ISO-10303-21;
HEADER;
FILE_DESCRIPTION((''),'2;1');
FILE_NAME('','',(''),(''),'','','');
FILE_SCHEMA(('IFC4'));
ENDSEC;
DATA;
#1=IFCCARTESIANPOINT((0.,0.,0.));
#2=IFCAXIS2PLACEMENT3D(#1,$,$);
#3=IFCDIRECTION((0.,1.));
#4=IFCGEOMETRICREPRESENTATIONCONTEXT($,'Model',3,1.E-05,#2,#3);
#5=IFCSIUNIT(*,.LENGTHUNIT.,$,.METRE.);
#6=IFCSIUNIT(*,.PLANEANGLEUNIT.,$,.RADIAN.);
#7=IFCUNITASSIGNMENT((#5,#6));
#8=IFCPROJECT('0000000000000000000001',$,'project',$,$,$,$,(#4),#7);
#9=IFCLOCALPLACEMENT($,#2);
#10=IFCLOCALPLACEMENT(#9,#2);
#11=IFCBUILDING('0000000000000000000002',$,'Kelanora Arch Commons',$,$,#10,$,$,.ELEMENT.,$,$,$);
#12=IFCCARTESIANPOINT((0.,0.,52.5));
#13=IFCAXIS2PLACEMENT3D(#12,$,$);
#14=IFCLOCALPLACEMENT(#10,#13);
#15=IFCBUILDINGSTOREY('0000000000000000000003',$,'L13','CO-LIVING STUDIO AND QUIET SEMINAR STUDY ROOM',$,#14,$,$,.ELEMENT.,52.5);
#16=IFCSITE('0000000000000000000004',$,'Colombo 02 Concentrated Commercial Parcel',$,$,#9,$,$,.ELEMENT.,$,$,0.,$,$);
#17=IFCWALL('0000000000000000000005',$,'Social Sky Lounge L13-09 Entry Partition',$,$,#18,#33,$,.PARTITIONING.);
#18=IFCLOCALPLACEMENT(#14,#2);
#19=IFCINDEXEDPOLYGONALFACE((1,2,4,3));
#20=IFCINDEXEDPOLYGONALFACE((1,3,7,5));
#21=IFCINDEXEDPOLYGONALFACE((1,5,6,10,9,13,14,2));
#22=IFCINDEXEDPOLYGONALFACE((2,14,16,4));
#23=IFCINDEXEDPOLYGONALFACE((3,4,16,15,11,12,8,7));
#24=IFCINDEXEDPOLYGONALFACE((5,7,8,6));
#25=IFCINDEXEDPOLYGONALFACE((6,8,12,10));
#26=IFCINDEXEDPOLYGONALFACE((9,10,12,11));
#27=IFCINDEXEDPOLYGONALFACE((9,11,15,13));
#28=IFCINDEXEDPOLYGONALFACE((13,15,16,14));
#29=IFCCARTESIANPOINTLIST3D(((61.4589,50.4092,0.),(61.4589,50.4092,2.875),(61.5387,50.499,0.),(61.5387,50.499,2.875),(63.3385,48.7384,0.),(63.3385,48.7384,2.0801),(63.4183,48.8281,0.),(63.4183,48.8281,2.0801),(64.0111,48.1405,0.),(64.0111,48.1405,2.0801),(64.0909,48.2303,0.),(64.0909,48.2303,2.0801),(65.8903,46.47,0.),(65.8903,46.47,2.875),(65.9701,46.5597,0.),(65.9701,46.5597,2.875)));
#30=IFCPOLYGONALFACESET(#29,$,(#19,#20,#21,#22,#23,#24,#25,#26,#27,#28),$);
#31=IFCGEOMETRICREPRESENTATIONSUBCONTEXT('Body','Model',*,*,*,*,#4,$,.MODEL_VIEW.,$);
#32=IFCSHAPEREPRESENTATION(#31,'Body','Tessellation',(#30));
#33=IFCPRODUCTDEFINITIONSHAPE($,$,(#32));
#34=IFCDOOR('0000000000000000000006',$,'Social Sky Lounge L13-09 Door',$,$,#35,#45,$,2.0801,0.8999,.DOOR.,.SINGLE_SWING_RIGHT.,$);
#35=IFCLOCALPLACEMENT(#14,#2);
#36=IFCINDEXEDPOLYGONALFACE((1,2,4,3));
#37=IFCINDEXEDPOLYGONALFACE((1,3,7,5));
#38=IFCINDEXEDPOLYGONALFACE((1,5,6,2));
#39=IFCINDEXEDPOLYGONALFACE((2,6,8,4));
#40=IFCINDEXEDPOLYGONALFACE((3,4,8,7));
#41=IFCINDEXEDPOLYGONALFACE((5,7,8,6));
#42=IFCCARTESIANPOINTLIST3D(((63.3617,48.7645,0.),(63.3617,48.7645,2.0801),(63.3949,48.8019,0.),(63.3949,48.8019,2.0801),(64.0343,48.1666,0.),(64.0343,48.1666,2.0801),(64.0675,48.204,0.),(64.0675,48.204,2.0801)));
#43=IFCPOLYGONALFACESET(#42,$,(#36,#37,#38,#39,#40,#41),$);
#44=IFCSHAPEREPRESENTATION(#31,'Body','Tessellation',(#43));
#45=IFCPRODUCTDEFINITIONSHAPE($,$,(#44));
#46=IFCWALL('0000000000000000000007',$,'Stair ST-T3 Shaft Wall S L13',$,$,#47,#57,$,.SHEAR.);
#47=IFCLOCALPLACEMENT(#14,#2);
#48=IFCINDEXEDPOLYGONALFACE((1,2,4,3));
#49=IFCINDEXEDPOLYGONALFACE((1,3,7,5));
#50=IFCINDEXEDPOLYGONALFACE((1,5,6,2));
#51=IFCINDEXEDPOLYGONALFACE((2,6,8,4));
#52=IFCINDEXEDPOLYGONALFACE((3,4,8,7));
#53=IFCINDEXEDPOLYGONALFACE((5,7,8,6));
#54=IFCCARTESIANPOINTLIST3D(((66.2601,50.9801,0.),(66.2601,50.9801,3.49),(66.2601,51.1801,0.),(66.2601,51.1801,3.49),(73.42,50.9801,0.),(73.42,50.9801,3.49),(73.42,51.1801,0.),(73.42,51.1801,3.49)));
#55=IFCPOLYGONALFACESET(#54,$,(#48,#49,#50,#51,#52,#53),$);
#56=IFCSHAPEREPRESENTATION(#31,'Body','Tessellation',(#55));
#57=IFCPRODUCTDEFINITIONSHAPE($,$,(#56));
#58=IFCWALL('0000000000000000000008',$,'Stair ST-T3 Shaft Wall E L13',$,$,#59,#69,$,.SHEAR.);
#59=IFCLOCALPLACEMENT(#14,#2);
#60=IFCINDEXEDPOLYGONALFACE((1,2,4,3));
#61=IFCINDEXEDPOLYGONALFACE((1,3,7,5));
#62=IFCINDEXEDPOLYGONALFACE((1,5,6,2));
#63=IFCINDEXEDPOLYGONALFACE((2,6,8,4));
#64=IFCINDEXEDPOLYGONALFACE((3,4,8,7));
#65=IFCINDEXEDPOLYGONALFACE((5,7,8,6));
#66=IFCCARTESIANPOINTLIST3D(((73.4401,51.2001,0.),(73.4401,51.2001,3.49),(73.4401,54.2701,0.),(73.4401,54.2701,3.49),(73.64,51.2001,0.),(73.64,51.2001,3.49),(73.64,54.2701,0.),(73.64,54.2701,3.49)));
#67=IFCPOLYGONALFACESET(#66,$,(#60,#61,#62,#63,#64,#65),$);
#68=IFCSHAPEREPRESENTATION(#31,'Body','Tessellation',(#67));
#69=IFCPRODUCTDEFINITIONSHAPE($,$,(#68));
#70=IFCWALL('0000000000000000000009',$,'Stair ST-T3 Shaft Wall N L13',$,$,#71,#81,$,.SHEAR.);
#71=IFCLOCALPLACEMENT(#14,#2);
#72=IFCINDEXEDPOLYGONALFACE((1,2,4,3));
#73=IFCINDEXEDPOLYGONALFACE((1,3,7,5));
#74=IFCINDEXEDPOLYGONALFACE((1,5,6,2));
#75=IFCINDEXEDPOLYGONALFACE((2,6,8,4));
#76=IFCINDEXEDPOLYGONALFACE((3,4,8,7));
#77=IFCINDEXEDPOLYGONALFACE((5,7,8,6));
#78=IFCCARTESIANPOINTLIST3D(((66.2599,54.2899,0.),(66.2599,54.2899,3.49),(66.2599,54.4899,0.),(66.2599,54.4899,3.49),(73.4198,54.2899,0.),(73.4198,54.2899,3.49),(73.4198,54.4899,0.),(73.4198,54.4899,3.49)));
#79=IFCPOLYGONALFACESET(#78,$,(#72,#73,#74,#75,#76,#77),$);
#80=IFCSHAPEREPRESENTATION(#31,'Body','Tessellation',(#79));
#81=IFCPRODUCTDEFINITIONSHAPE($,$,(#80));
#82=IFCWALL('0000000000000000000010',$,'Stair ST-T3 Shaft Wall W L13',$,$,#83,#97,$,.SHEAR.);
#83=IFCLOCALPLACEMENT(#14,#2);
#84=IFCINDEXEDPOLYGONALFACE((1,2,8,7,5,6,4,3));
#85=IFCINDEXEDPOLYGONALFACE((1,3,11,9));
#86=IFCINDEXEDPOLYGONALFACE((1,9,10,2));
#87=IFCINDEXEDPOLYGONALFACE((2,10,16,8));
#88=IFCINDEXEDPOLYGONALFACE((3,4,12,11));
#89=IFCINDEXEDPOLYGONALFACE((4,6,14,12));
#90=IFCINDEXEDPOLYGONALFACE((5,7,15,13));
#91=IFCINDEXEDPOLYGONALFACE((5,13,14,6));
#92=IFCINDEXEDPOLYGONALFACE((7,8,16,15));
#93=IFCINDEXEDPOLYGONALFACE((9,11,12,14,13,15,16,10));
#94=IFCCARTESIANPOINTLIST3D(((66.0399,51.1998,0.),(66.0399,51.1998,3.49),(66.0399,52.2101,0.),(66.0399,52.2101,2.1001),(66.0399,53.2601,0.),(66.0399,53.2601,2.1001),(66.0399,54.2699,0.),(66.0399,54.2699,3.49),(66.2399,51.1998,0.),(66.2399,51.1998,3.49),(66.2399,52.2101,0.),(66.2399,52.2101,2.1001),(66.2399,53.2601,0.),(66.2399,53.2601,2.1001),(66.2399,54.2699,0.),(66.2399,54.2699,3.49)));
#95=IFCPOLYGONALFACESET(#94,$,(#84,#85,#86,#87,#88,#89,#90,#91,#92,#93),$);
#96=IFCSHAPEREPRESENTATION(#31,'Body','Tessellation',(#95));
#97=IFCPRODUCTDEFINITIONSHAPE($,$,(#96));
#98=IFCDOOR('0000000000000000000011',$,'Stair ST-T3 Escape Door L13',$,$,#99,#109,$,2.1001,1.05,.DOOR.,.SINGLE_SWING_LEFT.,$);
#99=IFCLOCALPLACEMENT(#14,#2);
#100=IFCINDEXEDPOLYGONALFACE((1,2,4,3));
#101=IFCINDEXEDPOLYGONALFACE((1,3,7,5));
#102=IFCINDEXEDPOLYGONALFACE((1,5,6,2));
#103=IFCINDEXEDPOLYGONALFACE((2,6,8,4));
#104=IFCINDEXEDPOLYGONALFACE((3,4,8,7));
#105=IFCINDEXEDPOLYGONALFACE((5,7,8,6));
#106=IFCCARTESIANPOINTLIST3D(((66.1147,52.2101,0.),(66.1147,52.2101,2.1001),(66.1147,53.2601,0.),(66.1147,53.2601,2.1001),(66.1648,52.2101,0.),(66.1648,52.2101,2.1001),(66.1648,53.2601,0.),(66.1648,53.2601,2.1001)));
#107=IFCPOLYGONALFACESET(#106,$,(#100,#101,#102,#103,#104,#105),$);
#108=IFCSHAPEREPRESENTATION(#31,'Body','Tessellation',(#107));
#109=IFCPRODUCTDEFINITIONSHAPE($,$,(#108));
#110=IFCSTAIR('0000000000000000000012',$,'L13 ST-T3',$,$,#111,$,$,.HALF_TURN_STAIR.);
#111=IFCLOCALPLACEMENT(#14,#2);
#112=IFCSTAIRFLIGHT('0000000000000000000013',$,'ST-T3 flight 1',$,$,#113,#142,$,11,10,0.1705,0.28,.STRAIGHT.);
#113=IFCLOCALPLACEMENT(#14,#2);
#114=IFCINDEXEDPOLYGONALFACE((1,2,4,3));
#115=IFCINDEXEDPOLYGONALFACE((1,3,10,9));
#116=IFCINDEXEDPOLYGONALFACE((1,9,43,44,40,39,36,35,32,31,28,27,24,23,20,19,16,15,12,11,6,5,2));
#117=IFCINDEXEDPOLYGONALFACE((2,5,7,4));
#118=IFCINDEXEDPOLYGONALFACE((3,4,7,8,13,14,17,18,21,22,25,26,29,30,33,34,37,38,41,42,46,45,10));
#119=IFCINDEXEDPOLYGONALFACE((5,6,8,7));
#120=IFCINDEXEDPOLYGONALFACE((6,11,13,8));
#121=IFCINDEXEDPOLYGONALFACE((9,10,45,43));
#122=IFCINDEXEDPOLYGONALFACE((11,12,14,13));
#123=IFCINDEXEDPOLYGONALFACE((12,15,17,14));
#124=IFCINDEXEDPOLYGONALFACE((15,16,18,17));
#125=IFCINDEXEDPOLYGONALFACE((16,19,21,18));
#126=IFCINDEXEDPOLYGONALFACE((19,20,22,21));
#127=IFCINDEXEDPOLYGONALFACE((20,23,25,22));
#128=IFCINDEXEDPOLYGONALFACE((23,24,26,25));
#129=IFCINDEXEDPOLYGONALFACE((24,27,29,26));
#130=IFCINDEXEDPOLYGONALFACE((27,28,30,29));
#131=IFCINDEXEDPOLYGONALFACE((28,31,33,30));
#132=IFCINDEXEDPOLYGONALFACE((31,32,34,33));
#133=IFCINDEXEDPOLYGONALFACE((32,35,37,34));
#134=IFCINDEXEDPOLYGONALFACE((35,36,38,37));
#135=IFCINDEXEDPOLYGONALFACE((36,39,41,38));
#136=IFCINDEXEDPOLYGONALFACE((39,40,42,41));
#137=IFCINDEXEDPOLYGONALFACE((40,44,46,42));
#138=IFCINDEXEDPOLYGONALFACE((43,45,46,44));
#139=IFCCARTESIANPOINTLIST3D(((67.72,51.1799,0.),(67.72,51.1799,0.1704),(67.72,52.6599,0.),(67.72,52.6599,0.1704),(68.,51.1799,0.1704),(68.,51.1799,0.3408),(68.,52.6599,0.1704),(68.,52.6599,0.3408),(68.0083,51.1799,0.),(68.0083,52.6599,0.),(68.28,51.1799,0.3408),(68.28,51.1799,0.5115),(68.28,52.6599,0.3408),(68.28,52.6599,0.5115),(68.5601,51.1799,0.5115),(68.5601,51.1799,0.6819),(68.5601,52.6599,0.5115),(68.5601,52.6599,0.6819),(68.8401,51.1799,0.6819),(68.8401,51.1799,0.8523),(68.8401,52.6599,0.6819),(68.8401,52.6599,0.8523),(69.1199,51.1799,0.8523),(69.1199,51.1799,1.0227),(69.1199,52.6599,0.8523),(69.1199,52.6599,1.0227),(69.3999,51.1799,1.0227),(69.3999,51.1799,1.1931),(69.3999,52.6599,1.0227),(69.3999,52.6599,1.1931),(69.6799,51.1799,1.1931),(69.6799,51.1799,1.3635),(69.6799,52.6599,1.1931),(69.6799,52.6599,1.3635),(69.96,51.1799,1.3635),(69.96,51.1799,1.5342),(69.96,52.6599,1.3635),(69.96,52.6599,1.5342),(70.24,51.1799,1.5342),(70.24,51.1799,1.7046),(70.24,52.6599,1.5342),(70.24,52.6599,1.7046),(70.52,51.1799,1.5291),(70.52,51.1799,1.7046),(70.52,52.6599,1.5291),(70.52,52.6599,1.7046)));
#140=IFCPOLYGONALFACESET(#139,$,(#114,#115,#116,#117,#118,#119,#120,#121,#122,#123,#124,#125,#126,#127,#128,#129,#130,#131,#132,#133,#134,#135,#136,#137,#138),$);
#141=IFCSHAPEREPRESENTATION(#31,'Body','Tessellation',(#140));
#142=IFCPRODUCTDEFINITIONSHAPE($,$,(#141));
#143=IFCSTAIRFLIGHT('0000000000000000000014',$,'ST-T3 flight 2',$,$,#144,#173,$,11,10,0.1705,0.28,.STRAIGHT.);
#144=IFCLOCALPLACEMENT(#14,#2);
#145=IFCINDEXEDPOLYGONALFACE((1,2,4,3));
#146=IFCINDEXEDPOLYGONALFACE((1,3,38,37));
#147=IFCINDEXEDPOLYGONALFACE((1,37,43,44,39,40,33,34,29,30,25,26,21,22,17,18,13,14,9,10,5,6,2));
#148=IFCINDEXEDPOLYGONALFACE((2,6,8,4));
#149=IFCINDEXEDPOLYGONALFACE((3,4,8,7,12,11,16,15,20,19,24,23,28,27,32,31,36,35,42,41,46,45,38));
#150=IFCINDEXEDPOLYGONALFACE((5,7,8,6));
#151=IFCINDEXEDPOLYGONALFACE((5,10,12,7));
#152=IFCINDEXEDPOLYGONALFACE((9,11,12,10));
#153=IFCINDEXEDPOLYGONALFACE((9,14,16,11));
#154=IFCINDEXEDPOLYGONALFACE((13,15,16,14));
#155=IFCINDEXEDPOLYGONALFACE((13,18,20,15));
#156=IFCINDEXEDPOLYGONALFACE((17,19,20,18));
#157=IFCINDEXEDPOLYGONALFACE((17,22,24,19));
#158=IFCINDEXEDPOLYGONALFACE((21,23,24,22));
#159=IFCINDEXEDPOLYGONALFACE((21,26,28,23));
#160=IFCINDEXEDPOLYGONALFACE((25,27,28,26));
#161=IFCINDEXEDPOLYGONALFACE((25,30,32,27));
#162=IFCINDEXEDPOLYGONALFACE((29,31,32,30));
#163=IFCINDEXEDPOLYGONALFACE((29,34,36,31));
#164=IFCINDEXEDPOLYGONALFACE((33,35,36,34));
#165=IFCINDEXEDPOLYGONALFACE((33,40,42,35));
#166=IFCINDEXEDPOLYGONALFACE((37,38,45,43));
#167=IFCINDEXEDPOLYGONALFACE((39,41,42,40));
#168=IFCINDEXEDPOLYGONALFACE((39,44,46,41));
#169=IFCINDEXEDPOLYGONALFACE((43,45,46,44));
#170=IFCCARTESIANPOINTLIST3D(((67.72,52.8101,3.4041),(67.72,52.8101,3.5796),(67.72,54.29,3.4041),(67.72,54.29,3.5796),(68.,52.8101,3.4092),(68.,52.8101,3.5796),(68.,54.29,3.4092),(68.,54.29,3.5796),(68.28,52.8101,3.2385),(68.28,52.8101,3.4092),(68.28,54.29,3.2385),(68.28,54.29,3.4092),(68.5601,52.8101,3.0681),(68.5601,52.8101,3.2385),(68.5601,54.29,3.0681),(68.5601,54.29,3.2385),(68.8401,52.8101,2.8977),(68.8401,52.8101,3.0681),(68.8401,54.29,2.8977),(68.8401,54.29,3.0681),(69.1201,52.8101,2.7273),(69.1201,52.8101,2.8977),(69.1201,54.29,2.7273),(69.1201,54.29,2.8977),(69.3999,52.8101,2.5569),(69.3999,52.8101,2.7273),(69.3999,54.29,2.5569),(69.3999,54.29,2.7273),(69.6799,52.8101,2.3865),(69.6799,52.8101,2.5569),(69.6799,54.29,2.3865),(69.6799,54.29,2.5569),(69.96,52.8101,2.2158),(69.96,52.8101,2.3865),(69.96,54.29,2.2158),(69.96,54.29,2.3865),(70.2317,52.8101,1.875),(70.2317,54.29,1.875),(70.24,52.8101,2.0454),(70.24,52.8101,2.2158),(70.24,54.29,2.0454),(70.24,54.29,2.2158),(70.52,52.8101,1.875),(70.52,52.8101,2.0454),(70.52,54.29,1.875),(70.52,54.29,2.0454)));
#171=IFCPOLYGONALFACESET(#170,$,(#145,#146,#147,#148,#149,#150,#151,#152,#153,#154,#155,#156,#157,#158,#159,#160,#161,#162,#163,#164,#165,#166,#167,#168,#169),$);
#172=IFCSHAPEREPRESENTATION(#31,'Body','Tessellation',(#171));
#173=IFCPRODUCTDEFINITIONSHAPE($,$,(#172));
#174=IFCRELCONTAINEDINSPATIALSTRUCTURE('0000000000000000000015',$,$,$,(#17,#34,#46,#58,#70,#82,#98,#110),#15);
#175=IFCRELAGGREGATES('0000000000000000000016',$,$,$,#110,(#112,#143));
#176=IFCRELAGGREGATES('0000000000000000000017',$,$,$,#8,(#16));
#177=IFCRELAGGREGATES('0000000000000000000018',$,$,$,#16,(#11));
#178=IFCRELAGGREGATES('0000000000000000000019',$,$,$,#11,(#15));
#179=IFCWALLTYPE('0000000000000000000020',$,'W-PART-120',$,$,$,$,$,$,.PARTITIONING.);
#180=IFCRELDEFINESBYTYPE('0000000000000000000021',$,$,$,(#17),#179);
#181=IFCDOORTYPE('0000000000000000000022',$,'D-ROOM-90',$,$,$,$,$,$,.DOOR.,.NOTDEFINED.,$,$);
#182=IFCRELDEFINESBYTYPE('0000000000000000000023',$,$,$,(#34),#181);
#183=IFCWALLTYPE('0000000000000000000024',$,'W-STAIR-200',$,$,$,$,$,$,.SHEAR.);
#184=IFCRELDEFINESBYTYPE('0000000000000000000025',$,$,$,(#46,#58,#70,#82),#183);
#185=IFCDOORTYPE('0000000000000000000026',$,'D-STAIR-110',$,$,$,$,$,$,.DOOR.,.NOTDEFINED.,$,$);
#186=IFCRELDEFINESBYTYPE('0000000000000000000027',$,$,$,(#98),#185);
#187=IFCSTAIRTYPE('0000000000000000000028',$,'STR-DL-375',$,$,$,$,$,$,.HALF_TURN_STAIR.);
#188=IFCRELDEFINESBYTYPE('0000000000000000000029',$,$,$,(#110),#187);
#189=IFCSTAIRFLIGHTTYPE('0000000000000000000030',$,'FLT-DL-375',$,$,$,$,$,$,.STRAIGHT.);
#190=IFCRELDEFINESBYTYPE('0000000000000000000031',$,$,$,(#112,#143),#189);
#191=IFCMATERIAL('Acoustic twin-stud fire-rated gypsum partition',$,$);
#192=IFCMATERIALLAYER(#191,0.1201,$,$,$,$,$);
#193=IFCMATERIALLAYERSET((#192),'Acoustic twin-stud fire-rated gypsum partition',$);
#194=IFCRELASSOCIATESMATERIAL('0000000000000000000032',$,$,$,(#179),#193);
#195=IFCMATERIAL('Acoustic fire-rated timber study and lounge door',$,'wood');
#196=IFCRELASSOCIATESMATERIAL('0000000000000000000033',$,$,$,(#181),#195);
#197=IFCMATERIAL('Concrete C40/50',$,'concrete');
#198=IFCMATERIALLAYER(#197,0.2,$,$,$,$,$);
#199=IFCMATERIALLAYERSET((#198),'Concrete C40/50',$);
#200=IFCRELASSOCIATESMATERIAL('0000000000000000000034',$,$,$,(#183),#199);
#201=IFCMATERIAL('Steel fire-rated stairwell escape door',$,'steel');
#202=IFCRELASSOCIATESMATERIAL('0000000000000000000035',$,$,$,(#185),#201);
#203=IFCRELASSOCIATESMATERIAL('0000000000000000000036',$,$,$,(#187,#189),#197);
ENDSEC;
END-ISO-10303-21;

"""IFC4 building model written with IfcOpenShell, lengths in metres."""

from ifc_helpers import new_model, si_unit, direction, frame, frame_2d, origin, place, context, subcontext, project, spatial, polyline, rectangle, outline, extrude, material, layer, layer_set, type_object, element, fill, aggregate, save


model = new_model("IFC4")

# Units and contexts
model_context = context("Model", 3, precision=1e-05, world=origin(), true_north=direction((0.0, 1.0)))
body_context = subcontext(model_context, "Body", "Model", "MODEL_VIEW")
ifc_project = project(units=[si_unit("LENGTHUNIT", "METRE"), si_unit("PLANEANGLEUNIT", "RADIAN")], contexts=[model_context])

# Site, building, storey
site_placement = place(None, origin())
site = spatial("IfcSite", under=ifc_project, at=site_placement, Name="Colombo 02 Concentrated Commercial Parcel", CompositionType="ELEMENT", RefElevation=0.0)
building_placement = place(site_placement, origin())
building = spatial("IfcBuilding", under=site, at=building_placement, Name="Kelanora Arch Commons", CompositionType="ELEMENT")
storey_placement = place(building_placement, frame((0.0, 0.0, 52.5)))
storey = spatial("IfcBuildingStorey", under=building, at=storey_placement, Name="L13", Description="CO-LIVING STUDIO AND QUIET SEMINAR STUDY ROOM", CompositionType="ELEMENT", Elevation=52.5)

# Shared definitions
ifc_material_1 = material(Name="Concrete C40/50", Category="concrete")

# Wall, opening, door
ifc_material_2 = material(Name="Acoustic twin-stud fire-rated gypsum partition")
ifc_layer_1 = layer(ifc_material_2, 0.1201)
ifc_layer_set_1 = layer_set([ifc_layer_1], Name="Acoustic twin-stud fire-rated gypsum partition")
wall_type_1 = type_object("IfcWallType", Name="W-PART-120", PredefinedType="PARTITIONING", material=ifc_layer_set_1)
wall_1_placement = place(storey_placement, frame((61.4988, 50.4541, 0.0), z_axis=(0.0, 0.0, 1.0), x_axis=(0.747393, -0.664382, 0.0)))
wall_1 = element("IfcWall", 1, at=wall_1_placement, inside=storey, type_object=wall_type_1, Name="Social Sky Lounge L13-09 Entry Partition", PredefinedType="PARTITIONING", context=body_context, shape_type="SweptSolid", body=[
    extrude(rectangle(XDim=5.9292, YDim=0.1201, at=frame_2d((2.9646, 0.0))), origin(), (0.0, 0.0, 1.0), 2.875),
])
opening_1_placement = place(wall_1_placement, frame((2.5149, 0.0, 0.0)))
opening_1 = element("IfcOpeningElement", 2, at=opening_1_placement, cuts=wall_1, PredefinedType="OPENING", context=body_context, shape_type="SweptSolid", body=[
    extrude(rectangle(XDim=0.8999, YDim=2.0801, at=frame_2d((0.45, 1.04))), frame((0.0, 0.0701, 0.0), z_axis=(0.0, -1.0, 0.0), x_axis=(1.0, 0.0, 0.0)), (0.0, 0.0, 1.0), 0.1401),
])
ifc_material_3 = material(Name="Acoustic fire-rated timber study and lounge door", Category="wood")
door_type_1 = type_object("IfcDoorType", Name="D-ROOM-90", OperationType="NOTDEFINED", PredefinedType="DOOR", material=ifc_material_3)
door_1_placement = place(opening_1_placement, origin())
door_1 = element("IfcDoor", 3, at=door_1_placement, inside=storey, type_object=door_type_1, Name="Social Sky Lounge L13-09 Door", OperationType="SINGLE_SWING_RIGHT", OverallHeight=2.0801, OverallWidth=0.8999, PredefinedType="DOOR", context=body_context, shape_type="SweptSolid", body=[
    extrude(rectangle(XDim=0.8999, YDim=2.0801, at=frame_2d((0.45, 1.04))), frame((0.0, 0.0249, 0.0), z_axis=(0.0, -1.0, 0.0), x_axis=(1.0, 0.0, 0.0)), (0.0, 0.0, 1.0), 0.05),
])
fill(opening_1, door_1)

# Walls
ifc_layer_2 = layer(ifc_material_1, 0.2)
ifc_layer_set_2 = layer_set([ifc_layer_2], Name="Concrete C40/50")
wall_type_2 = type_object("IfcWallType", Name="W-STAIR-200", PredefinedType="SHEAR", material=ifc_layer_set_2)
wall_2_placement = place(storey_placement, frame((66.26, 51.0801, 0.0), z_axis=(0.0, 0.0, 1.0), x_axis=(1.0, 0.0, 0.0)))
element("IfcWall", 4, at=wall_2_placement, inside=storey, type_object=wall_type_2, Name="Stair ST-T3 Shaft Wall S L13", PredefinedType="SHEAR", context=body_context, shape_type="SweptSolid", body=[
    extrude(rectangle(XDim=7.1599, YDim=0.2, at=frame_2d((3.5801, 0.0))), origin(), (0.0, 0.0, 1.0), 3.49),
])
wall_3_placement = place(storey_placement, frame((73.54, 51.2, 0.0), z_axis=(0.0, 0.0, 1.0), x_axis=(0.0, 1.0, 0.0)))
element("IfcWall", 5, at=wall_3_placement, inside=storey, type_object=wall_type_2, Name="Stair ST-T3 Shaft Wall E L13", PredefinedType="SHEAR", context=body_context, shape_type="SweptSolid", body=[
    extrude(rectangle(XDim=3.0701, YDim=0.2, at=frame_2d((1.5352, 0.0))), origin(), (0.0, 0.0, 1.0), 3.49),
])
wall_4_placement = place(storey_placement, frame((73.4199, 54.3899, 0.0), z_axis=(0.0, 0.0, 1.0), x_axis=(-1.0, 0.0, 0.0)))
element("IfcWall", 6, at=wall_4_placement, inside=storey, type_object=wall_type_2, Name="Stair ST-T3 Shaft Wall N L13", PredefinedType="SHEAR", context=body_context, shape_type="SweptSolid", body=[
    extrude(rectangle(XDim=7.1599, YDim=0.2, at=frame_2d((3.5801, 0.0))), origin(), (0.0, 0.0, 1.0), 3.49),
])

# Wall, opening, door
wall_5_placement = place(storey_placement, frame((66.1399, 54.27, 0.0), z_axis=(0.0, 0.0, 1.0), x_axis=(0.0, -1.0, 0.0)))
wall_5 = element("IfcWall", 7, at=wall_5_placement, inside=storey, type_object=wall_type_2, Name="Stair ST-T3 Shaft Wall W L13", PredefinedType="SHEAR", context=body_context, shape_type="SweptSolid", body=[
    extrude(rectangle(XDim=3.0701, YDim=0.2, at=frame_2d((1.5352, 0.0))), origin(), (0.0, 0.0, 1.0), 3.49),
])
opening_2_placement = place(wall_5_placement, frame((1.01, 0.0, 0.0)))
opening_2 = element("IfcOpeningElement", 8, at=opening_2_placement, cuts=wall_5, PredefinedType="OPENING", context=body_context, shape_type="SweptSolid", body=[
    extrude(rectangle(XDim=1.05, YDim=2.1001, at=frame_2d((0.5249, 1.05))), frame((0.0, 0.1099, 0.0), z_axis=(0.0, -1.0, 0.0), x_axis=(1.0, 0.0, 0.0)), (0.0, 0.0, 1.0), 0.22),
])
ifc_material_4 = material(Name="Steel fire-rated stairwell escape door", Category="steel")
door_type_2 = type_object("IfcDoorType", Name="D-STAIR-110", OperationType="NOTDEFINED", PredefinedType="DOOR", material=ifc_material_4)
door_2_placement = place(opening_2_placement, origin())
door_2 = element("IfcDoor", 9, at=door_2_placement, inside=storey, type_object=door_type_2, Name="Stair ST-T3 Escape Door L13", OperationType="SINGLE_SWING_LEFT", OverallHeight=2.1001, OverallWidth=1.05, PredefinedType="DOOR", context=body_context, shape_type="SweptSolid", body=[
    extrude(rectangle(XDim=1.05, YDim=2.1001, at=frame_2d((0.5249, 1.05))), frame((0.0, 0.0249, 0.0), z_axis=(0.0, -1.0, 0.0), x_axis=(1.0, 0.0, 0.0)), (0.0, 0.0, 1.0), 0.05),
])
fill(opening_2, door_2)

# Stair, stair flights
stair_type = type_object("IfcStairType", Name="STR-DL-375", PredefinedType="HALF_TURN_STAIR", material=ifc_material_1)
stair_placement = place(storey_placement, origin())
stair = element("IfcStair", 10, at=stair_placement, inside=storey, type_object=stair_type, Name="L13 ST-T3", PredefinedType="HALF_TURN_STAIR")
stair_flight_type = type_object("IfcStairFlightType", Name="FLT-DL-375", PredefinedType="STRAIGHT", material=ifc_material_1)
stair_flight_1_placement = place(storey_placement, frame((67.72, 51.9199, 0.0), z_axis=(0.0, 0.0, 1.0), x_axis=(1.0, 0.0, 0.0)))
stair_flight_1 = element("IfcStairFlight", 11, at=stair_flight_1_placement, type_object=stair_flight_type, Name="ST-T3 flight 1", NumberOfRisers=11, NumberOfTreads=10, PredefinedType="STRAIGHT", RiserHeight=0.1705, TreadLength=0.28, context=body_context, shape_type="SweptSolid", body=[
    extrude(outline(polyline([(0.0, 0.0), (0.0, 0.1704), (0.28, 0.1704), (0.28, 0.3408), (0.5601, 0.3408), (0.5601, 0.5115), (0.8401, 0.5115), (0.8401, 0.6819), (1.1201, 0.6819), (1.1201, 0.8523), (1.3999, 0.8523), (1.3999, 1.0227), (1.6799, 1.0227), (1.6799, 1.1931), (1.96, 1.1931), (1.96, 1.3635), (2.24, 1.3635), (2.24, 1.5342), (2.52, 1.5342), (2.52, 1.7046), (2.8, 1.7046), (2.8, 1.875), (2.8, 1.5291), (0.2883, 0.0), (0.0, 0.0)])), frame((0.0, 0.74, 0.0), z_axis=(0.0, -1.0, 0.0), x_axis=(1.0, 0.0, 0.0)), (0.0, 0.0, 1.0), 1.48),
])
stair_flight_2_placement = place(storey_placement, frame((70.52, 53.55, 1.875), z_axis=(0.0, 0.0, 1.0), x_axis=(-1.0, 0.0, 0.0)))
stair_flight_2 = element("IfcStairFlight", 12, at=stair_flight_2_placement, type_object=stair_flight_type, Name="ST-T3 flight 2", NumberOfRisers=11, NumberOfTreads=10, PredefinedType="STRAIGHT", RiserHeight=0.1705, TreadLength=0.28, context=body_context, shape_type="SweptSolid", body=[
    extrude(outline(polyline([(0.0, 0.0), (0.0, 0.1704), (0.28, 0.1704), (0.28, 0.3408), (0.5601, 0.3408), (0.5601, 0.5115), (0.8401, 0.5115), (0.8401, 0.6819), (1.1201, 0.6819), (1.1201, 0.8523), (1.3999, 0.8523), (1.3999, 1.0227), (1.6799, 1.0227), (1.6799, 1.1931), (1.96, 1.1931), (1.96, 1.3635), (2.24, 1.3635), (2.24, 1.5342), (2.52, 1.5342), (2.52, 1.7046), (2.8, 1.7046), (2.8, 1.875), (2.8, 1.5291), (0.2883, 0.0), (0.0, 0.0)])), frame((0.0, 0.74, 0.0), z_axis=(0.0, -1.0, 0.0), x_axis=(1.0, 0.0, 0.0)), (0.0, 0.0, 1.0), 1.48),
])
aggregate(stair, [stair_flight_1, stair_flight_2])

save(model, "model.ifc")
